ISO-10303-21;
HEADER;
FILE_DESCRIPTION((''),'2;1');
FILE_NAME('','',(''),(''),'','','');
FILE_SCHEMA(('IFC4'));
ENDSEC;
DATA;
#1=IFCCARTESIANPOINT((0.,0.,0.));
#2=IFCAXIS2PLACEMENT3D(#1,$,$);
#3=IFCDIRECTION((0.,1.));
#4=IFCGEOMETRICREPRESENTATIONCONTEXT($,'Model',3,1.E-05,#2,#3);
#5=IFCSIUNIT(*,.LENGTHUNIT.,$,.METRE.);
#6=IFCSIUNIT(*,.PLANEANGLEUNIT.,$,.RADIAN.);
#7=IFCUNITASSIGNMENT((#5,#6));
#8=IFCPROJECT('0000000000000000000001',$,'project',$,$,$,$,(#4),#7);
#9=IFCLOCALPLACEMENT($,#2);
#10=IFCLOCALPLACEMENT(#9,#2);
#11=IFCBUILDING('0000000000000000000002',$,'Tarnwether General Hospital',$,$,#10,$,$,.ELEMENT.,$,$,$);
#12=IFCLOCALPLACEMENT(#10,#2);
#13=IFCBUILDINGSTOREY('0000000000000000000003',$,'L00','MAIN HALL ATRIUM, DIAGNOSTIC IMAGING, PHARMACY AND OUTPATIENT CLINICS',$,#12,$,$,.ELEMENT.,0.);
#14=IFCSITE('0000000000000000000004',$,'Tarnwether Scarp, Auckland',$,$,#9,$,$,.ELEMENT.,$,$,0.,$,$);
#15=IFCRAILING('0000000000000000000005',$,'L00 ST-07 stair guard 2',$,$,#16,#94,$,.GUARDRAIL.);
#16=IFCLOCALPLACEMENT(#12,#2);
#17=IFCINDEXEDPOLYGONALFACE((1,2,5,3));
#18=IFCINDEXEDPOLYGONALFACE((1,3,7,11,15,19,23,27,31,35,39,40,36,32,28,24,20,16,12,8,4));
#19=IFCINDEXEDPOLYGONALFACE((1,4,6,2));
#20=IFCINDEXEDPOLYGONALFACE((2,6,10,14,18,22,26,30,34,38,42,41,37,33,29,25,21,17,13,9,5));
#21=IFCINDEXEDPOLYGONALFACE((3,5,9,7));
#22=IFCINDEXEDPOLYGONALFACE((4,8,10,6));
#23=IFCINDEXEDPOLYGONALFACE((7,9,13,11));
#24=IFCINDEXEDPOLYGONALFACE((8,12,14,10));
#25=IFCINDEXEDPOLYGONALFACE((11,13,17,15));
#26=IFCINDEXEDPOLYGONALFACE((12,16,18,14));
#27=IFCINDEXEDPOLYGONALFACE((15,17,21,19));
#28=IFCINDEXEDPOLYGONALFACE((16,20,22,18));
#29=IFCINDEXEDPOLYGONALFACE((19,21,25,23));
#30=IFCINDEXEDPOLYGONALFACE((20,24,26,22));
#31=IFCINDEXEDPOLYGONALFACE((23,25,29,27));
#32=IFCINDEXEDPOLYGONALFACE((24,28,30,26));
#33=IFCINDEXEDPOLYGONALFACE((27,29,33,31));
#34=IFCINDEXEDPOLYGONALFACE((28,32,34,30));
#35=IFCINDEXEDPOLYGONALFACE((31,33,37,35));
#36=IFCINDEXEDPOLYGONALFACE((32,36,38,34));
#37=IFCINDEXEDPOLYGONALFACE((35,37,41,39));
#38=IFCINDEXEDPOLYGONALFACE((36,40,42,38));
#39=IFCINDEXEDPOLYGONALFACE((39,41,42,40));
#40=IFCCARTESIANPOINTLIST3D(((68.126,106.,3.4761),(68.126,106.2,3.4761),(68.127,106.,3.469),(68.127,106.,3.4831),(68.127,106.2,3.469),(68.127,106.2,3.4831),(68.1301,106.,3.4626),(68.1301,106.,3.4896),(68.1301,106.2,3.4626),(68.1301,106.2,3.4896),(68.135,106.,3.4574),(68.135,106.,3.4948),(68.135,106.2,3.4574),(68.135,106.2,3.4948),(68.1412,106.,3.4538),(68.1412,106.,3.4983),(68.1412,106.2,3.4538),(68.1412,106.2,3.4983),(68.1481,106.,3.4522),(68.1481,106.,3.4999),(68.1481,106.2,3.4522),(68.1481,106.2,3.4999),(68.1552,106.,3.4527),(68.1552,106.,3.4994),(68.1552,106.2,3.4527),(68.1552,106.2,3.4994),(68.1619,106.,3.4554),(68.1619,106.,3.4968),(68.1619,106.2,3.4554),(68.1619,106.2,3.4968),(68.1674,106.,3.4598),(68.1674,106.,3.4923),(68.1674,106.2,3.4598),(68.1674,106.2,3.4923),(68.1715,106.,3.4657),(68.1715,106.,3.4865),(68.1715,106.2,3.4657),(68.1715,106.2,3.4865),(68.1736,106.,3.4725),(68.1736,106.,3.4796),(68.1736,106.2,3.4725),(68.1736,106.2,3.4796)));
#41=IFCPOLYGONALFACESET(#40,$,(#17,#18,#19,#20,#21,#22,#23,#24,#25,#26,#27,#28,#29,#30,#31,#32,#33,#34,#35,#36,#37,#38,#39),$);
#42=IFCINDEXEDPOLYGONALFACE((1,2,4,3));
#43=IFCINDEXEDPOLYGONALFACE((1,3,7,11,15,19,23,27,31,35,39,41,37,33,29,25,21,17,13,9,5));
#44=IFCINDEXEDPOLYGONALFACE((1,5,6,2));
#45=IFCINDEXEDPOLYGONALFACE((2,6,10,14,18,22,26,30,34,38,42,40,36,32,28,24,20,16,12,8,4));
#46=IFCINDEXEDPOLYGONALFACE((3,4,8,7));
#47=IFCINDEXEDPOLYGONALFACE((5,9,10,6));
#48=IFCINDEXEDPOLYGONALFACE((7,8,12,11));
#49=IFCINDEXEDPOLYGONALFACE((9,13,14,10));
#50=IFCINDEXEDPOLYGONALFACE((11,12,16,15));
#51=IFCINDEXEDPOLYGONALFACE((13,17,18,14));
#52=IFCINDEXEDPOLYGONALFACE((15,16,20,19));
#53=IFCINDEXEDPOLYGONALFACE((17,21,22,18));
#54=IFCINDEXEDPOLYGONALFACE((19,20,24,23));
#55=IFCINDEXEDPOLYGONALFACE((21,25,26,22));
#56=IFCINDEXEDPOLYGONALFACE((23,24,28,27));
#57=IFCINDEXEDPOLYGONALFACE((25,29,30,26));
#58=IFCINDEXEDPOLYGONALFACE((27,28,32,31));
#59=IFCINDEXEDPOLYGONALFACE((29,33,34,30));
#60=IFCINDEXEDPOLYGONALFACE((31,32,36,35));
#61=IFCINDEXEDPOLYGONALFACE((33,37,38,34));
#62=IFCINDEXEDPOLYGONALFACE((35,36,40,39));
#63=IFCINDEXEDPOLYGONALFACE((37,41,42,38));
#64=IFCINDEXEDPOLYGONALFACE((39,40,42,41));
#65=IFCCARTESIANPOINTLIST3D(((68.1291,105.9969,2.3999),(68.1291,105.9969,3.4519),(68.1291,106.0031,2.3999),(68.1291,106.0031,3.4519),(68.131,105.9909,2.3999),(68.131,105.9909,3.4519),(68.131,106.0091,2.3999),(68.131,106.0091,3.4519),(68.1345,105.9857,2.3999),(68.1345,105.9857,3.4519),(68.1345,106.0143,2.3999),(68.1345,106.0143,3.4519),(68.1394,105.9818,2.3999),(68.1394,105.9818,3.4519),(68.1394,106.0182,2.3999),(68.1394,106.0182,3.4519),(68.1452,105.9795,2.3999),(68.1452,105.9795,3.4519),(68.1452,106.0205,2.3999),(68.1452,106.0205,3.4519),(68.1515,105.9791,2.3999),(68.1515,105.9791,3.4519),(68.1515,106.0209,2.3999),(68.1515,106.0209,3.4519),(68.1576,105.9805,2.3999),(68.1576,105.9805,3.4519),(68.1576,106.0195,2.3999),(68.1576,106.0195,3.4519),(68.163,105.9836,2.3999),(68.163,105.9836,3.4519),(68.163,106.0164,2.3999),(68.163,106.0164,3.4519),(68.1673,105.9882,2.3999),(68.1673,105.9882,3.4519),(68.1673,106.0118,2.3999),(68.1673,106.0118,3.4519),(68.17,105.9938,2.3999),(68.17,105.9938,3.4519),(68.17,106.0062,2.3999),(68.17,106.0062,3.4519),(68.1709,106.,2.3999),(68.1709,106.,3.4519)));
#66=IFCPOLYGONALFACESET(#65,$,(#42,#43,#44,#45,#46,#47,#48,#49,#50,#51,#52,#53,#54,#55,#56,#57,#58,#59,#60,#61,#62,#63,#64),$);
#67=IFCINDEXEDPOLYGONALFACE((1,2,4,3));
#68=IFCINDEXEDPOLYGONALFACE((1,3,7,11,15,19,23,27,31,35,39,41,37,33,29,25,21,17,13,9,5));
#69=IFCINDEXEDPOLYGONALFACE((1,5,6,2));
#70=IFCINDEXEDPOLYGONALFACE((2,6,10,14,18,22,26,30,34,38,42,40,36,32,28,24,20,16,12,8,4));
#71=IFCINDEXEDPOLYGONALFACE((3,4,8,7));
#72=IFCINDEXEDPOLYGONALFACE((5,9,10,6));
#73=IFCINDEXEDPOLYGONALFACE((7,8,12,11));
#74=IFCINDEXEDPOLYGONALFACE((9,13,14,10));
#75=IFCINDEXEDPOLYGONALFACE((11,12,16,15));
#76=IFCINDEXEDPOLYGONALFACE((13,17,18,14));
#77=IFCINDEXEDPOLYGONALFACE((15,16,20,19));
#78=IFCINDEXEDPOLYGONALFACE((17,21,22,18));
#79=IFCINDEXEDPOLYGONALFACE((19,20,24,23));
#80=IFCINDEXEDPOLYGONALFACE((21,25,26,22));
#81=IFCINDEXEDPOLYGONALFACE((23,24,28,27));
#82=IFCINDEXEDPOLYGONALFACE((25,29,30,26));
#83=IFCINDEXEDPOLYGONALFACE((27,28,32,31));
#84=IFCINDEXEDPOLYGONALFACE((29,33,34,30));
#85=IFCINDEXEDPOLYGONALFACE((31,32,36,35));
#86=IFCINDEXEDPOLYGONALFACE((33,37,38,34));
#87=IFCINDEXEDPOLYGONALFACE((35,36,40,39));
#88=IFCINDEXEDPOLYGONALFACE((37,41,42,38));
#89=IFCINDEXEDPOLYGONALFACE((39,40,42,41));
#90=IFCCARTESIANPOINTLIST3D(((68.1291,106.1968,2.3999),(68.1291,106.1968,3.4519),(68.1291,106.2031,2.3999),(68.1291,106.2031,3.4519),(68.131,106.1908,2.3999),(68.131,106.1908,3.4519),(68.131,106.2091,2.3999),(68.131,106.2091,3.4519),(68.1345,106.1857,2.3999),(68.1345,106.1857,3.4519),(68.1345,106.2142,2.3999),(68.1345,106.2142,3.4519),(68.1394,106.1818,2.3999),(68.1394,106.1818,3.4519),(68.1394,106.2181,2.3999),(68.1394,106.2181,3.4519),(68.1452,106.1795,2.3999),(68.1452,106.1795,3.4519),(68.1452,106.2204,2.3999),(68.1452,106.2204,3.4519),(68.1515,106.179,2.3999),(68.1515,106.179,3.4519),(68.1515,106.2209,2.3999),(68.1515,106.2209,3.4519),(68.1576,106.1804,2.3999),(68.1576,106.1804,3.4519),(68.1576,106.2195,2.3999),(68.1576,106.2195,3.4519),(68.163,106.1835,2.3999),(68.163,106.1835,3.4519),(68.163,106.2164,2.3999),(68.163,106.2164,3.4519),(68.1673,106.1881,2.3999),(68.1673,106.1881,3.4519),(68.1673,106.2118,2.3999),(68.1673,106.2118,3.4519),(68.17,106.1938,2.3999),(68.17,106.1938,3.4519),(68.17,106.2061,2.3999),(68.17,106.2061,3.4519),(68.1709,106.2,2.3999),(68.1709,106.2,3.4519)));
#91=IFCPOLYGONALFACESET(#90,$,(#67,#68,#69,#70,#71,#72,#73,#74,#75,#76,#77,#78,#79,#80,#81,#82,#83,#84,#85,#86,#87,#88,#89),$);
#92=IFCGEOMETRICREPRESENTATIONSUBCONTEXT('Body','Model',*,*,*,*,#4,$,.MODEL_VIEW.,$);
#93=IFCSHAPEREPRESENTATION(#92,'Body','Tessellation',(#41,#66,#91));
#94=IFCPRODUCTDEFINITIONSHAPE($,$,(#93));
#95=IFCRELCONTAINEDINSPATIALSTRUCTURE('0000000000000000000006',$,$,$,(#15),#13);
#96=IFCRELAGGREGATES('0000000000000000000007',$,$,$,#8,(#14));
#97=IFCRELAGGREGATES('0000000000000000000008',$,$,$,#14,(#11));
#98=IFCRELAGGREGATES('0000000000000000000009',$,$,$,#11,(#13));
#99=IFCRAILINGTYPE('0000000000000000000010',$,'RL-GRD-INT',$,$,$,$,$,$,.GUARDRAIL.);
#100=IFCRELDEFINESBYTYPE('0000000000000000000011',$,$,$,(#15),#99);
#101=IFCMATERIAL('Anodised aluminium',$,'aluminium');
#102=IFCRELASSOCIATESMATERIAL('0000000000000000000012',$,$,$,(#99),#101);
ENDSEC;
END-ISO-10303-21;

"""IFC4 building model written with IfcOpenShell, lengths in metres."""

from ifc_helpers import new_model, si_unit, direction, frame, origin, origin_2d, place, context, subcontext, project, spatial, circle, extrude, material, type_object, element, save


model = new_model("IFC4")

# Units and contexts
model_context = context("Model", 3, precision=1e-05, world=origin(), true_north=direction((0.0, 1.0)))
body_context = subcontext(model_context, "Body", "Model", "MODEL_VIEW")
ifc_project = project(units=[si_unit("LENGTHUNIT", "METRE"), si_unit("PLANEANGLEUNIT", "RADIAN")], contexts=[model_context])

# Site, building, storey
site_placement = place(None, origin())
site = spatial("IfcSite", under=ifc_project, at=site_placement, Name="Tarnwether Scarp, Auckland", CompositionType="ELEMENT", RefElevation=0.0)
building_placement = place(site_placement, origin())
building = spatial("IfcBuilding", under=site, at=building_placement, Name="Tarnwether General Hospital", CompositionType="ELEMENT")
storey_placement = place(building_placement, origin())
storey = spatial("IfcBuildingStorey", under=building, at=storey_placement, Name="L00", Description="MAIN HALL ATRIUM, DIAGNOSTIC IMAGING, PHARMACY AND OUTPATIENT CLINICS", CompositionType="ELEMENT", Elevation=0.0)

# Railing
ifc_material_1 = material(Name="Anodised aluminium", Category="aluminium")
railing_type_1 = type_object("IfcRailingType", Name="RL-GRD-INT", PredefinedType="GUARDRAIL", material=ifc_material_1)
railing_1_placement = place(storey_placement, frame((68.1499, 106.0, 2.3999)))
element("IfcRailing", 1, at=railing_1_placement, inside=storey, type_object=railing_type_1, Name="L00 ST-07 stair guard 2", PredefinedType="GUARDRAIL", context=body_context, shape_type="SweptSolid", body=[
    extrude(circle(Radius=0.0239, at=origin_2d()), frame((0.0, 0.0, 1.0762), z_axis=(0.0, 1.0, 0.0), x_axis=(-1.0, 0.0, 0.0)), (0.0, 0.0, 1.0), 0.2),
    extrude(circle(Radius=0.021, at=origin_2d()), origin(), (0.0, 0.0, 1.0), 1.052),
    extrude(circle(Radius=0.021, at=origin_2d()), frame((0.0, 0.2, 0.0)), (0.0, 0.0, 1.0), 1.052),
])

save(model, "model.ifc")
